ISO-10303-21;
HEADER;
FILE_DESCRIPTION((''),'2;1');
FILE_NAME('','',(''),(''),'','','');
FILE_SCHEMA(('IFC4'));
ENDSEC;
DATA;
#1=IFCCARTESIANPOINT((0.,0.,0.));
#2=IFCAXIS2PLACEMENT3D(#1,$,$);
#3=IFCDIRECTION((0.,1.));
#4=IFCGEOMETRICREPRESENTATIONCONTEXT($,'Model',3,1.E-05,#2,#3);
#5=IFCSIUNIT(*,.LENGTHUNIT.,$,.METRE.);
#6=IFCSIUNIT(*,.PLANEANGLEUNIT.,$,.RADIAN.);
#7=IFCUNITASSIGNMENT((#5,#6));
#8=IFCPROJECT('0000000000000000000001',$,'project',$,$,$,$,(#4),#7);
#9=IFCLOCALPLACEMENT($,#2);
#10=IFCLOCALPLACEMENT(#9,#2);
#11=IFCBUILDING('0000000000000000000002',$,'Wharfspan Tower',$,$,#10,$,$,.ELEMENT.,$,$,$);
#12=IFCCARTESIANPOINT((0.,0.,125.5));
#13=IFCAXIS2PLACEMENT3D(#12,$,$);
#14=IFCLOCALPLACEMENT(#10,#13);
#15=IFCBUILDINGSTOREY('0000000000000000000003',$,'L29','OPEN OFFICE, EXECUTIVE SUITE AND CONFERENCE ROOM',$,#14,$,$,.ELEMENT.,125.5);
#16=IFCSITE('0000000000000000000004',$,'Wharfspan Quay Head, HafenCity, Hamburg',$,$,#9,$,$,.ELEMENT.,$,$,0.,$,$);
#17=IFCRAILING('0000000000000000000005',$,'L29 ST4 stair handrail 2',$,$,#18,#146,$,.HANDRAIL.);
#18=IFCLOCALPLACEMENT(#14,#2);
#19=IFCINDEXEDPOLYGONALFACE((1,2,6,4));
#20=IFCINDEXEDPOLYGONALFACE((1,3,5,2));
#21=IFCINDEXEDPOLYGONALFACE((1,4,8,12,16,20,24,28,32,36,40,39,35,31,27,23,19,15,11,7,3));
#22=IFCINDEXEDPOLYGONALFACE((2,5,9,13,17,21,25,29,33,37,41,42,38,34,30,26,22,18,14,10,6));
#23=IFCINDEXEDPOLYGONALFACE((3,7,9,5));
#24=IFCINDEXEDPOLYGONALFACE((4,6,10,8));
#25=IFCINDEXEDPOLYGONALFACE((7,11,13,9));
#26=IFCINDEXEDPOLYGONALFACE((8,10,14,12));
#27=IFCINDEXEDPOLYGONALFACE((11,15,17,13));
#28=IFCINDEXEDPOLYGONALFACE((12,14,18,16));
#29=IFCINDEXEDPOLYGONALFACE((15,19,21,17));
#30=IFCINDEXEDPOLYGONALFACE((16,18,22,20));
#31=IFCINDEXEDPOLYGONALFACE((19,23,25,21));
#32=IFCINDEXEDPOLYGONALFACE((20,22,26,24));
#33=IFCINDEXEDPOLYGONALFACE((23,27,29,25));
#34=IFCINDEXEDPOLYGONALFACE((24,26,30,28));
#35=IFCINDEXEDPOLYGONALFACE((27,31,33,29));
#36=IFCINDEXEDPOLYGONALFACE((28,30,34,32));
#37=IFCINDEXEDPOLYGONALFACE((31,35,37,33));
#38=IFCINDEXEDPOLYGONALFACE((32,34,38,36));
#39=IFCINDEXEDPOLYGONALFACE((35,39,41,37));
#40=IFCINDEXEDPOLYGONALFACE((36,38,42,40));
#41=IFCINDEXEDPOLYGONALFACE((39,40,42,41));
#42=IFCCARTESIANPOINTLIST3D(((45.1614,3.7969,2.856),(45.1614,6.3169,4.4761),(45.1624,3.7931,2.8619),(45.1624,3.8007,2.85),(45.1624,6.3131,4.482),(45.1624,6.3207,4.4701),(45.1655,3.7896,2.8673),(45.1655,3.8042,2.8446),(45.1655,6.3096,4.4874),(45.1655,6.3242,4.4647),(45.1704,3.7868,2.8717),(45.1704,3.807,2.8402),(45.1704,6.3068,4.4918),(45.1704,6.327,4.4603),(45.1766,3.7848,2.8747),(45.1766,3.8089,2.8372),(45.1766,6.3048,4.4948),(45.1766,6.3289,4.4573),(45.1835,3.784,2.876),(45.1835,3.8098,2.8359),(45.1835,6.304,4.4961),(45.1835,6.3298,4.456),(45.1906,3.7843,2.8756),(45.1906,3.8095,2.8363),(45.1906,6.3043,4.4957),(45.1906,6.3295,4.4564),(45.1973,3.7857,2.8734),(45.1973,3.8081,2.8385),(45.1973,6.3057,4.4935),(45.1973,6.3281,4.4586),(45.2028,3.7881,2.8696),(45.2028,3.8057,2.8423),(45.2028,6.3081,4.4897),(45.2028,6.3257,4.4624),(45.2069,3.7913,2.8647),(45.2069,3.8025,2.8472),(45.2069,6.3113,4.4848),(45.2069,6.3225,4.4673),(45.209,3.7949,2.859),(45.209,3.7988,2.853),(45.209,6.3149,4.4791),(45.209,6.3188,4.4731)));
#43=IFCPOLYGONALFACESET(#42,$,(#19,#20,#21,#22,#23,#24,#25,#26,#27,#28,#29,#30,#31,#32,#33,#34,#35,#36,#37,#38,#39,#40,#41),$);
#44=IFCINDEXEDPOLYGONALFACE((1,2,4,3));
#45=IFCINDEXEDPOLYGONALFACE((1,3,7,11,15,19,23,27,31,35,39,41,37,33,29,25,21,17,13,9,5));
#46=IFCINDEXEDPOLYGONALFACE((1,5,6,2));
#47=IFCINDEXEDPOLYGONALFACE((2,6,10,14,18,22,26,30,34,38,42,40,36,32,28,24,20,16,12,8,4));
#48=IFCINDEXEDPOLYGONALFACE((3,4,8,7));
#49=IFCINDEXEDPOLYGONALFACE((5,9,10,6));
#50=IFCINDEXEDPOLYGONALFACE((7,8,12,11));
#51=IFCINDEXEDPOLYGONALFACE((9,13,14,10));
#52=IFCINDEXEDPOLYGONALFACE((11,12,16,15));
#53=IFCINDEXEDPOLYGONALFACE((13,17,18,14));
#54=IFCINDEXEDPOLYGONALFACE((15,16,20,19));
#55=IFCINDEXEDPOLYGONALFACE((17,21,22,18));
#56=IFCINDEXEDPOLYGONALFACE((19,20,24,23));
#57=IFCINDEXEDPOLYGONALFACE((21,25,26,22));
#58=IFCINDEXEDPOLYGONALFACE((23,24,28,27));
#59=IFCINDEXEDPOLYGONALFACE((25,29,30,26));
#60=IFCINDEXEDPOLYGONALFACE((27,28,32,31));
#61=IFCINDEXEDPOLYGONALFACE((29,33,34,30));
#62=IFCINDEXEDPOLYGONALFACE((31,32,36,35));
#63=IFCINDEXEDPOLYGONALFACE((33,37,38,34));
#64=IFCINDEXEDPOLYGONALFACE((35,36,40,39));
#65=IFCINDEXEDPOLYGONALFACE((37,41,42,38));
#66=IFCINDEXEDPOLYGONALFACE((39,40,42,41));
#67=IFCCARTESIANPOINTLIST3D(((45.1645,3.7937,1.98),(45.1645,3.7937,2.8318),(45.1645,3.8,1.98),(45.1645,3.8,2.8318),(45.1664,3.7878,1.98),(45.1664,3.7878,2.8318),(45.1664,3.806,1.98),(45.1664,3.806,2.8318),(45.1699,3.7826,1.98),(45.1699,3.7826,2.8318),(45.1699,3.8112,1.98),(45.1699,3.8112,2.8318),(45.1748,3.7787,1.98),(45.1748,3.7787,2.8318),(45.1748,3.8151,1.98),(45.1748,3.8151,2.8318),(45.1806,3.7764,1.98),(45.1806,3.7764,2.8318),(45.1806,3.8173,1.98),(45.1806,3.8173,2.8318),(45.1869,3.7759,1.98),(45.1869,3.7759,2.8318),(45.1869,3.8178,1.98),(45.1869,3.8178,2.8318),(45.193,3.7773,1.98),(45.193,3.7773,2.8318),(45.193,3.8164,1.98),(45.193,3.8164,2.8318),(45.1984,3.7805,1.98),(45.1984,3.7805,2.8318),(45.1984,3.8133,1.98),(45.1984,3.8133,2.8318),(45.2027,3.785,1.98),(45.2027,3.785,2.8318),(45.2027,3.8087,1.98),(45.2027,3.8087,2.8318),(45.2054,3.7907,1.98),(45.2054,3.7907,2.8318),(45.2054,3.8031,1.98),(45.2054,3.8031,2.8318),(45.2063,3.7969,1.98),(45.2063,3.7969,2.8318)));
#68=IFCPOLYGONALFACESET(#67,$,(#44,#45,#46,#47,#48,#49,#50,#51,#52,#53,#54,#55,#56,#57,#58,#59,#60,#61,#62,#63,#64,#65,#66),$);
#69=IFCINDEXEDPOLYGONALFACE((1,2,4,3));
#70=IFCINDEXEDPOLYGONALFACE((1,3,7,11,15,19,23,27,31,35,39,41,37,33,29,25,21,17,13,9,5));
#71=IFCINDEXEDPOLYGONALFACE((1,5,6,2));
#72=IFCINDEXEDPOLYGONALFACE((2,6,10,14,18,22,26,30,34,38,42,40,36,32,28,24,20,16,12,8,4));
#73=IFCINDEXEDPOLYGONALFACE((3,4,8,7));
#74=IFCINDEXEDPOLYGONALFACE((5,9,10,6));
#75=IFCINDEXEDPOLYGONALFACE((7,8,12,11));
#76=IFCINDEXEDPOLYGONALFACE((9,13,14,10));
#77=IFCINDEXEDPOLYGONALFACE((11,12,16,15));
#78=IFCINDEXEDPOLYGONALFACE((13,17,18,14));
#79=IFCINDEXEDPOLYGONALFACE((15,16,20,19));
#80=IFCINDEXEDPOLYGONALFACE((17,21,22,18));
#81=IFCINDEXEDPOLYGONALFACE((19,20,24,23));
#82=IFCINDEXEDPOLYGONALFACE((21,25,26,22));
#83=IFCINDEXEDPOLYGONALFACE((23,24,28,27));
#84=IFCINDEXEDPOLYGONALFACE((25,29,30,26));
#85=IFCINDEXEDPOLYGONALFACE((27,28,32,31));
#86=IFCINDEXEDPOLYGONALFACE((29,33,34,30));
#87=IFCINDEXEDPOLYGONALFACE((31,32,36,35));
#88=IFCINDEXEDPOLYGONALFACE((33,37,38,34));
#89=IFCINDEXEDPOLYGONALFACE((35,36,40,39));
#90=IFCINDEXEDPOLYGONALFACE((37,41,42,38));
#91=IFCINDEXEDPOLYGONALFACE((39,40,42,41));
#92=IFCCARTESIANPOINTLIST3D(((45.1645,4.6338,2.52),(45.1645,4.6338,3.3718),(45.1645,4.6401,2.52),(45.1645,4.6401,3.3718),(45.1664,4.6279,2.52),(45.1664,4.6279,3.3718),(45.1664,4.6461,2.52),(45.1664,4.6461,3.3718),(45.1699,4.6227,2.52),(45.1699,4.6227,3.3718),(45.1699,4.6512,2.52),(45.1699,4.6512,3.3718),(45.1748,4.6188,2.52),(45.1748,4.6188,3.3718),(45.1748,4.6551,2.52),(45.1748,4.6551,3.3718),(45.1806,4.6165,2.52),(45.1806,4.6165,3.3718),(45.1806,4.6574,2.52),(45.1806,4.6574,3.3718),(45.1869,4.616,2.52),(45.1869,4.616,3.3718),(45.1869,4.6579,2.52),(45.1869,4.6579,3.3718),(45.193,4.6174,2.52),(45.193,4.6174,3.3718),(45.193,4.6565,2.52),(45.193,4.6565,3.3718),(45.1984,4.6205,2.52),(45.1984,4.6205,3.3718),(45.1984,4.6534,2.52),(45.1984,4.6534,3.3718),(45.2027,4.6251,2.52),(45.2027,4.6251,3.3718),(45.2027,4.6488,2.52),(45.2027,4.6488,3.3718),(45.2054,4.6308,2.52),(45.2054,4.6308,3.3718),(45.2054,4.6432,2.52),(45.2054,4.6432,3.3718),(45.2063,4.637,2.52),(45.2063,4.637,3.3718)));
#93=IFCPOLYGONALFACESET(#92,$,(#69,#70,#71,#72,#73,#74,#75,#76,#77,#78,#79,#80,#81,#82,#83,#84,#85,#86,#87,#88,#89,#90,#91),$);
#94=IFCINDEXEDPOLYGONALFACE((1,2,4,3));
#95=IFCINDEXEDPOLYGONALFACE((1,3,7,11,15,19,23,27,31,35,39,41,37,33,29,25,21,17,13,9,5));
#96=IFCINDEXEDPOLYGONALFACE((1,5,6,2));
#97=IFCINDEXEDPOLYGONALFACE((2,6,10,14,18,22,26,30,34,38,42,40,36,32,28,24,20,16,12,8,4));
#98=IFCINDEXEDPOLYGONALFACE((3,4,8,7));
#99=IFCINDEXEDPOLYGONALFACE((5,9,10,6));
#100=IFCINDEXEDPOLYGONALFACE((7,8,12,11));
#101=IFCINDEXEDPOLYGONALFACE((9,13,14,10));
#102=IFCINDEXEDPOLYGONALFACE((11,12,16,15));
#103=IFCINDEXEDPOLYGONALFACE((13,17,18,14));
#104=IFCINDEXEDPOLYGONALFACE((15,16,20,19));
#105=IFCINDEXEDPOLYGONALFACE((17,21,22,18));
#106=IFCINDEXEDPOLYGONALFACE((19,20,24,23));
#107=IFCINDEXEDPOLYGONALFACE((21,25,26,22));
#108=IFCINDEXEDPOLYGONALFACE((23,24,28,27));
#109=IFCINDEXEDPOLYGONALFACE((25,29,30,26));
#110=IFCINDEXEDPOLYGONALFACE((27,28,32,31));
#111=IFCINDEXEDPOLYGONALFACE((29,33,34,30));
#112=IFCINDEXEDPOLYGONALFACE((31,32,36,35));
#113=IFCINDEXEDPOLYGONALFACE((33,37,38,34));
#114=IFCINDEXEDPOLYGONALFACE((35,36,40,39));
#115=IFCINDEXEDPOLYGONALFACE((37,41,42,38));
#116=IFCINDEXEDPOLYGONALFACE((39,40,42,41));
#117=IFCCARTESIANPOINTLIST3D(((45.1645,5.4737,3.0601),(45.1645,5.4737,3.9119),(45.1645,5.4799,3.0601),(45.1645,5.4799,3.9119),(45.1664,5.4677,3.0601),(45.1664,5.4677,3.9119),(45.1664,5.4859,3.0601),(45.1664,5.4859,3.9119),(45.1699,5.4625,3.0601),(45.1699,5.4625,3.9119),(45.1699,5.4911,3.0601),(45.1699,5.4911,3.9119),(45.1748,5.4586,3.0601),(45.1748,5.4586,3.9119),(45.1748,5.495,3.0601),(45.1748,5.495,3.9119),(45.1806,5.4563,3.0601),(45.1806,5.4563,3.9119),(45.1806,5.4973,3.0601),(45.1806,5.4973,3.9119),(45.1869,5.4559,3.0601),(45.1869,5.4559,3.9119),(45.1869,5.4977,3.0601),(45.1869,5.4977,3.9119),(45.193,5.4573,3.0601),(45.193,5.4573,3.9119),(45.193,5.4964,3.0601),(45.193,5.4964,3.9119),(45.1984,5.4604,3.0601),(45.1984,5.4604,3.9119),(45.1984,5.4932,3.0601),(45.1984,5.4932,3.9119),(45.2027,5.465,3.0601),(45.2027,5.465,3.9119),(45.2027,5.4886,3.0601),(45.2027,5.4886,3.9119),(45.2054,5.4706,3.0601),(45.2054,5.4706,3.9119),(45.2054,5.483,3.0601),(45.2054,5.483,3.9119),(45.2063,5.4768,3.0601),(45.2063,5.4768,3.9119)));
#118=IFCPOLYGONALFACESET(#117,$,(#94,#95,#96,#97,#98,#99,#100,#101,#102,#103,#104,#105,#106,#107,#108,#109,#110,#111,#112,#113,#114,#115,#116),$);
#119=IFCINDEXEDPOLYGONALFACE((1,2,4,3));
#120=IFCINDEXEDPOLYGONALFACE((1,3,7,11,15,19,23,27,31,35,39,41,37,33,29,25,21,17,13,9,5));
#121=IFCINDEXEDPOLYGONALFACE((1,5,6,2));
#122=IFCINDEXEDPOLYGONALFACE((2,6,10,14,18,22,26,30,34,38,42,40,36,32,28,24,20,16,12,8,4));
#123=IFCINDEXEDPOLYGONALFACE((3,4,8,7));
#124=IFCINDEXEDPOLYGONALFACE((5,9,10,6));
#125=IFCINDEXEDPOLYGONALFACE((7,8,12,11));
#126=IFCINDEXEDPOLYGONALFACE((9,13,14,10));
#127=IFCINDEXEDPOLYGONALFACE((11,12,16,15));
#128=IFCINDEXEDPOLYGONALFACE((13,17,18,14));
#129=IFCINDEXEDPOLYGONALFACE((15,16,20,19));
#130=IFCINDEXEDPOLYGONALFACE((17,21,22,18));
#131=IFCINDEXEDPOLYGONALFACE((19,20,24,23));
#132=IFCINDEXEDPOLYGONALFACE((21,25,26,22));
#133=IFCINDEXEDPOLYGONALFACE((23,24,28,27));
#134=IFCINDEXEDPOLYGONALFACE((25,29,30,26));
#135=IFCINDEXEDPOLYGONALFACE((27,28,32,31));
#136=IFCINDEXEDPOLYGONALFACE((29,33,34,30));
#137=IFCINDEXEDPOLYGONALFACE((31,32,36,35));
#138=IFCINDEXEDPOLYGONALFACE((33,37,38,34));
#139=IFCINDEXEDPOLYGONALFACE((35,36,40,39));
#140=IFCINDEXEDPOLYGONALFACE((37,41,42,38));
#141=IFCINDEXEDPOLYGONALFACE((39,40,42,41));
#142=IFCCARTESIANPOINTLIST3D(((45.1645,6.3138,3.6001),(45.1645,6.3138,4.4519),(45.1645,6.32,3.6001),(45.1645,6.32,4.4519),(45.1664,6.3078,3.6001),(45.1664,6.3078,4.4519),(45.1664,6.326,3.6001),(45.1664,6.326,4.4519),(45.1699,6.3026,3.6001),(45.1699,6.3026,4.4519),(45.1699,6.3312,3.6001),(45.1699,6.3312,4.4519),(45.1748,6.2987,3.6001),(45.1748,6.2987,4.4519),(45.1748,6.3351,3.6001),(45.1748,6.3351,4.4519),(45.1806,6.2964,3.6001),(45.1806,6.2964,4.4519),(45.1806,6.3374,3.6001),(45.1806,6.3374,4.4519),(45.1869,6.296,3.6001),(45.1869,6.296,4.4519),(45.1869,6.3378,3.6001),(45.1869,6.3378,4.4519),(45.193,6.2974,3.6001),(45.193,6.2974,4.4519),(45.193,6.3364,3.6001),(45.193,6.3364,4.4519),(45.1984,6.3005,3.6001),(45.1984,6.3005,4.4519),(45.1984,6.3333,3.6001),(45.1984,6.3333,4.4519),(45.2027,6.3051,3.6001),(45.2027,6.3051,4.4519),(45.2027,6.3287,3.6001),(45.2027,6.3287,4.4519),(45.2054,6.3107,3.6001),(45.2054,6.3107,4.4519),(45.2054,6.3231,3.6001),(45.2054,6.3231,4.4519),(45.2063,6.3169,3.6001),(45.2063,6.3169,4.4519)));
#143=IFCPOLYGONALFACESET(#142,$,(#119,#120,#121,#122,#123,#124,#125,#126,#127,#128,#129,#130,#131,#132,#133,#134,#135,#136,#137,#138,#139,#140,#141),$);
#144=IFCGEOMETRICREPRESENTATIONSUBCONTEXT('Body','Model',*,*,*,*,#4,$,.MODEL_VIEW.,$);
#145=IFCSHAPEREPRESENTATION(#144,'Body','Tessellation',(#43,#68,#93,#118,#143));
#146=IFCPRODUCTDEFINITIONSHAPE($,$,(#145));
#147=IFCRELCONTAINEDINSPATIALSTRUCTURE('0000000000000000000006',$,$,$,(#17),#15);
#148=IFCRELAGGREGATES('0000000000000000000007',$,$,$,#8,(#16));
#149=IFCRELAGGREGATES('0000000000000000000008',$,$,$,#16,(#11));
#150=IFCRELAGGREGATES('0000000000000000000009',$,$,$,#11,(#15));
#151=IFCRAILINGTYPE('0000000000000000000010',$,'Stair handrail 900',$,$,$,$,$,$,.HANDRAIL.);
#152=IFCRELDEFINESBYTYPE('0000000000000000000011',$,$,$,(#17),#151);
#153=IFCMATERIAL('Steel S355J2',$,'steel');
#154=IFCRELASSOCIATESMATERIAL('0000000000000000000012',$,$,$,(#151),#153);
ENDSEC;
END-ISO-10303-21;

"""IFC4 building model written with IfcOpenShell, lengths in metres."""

from ifc_helpers import new_model, si_unit, direction, frame, origin, origin_2d, place, context, subcontext, project, spatial, circle, extrude, material, type_object, element, save


model = new_model("IFC4")

# Units and contexts
model_context = context("Model", 3, precision=1e-05, world=origin(), true_north=direction((0.0, 1.0)))
body_context = subcontext(model_context, "Body", "Model", "MODEL_VIEW")
ifc_project = project(units=[si_unit("LENGTHUNIT", "METRE"), si_unit("PLANEANGLEUNIT", "RADIAN")], contexts=[model_context])

# Site, building, storey
site_placement = place(None, origin())
site = spatial("IfcSite", under=ifc_project, at=site_placement, Name="Wharfspan Quay Head, HafenCity, Hamburg", CompositionType="ELEMENT", RefElevation=0.0)
building_placement = place(site_placement, origin())
building = spatial("IfcBuilding", under=site, at=building_placement, Name="Wharfspan Tower", CompositionType="ELEMENT")
storey_placement = place(building_placement, frame((0.0, 0.0, 125.5)))
storey = spatial("IfcBuildingStorey", under=building, at=storey_placement, Name="L29", Description="OPEN OFFICE, EXECUTIVE SUITE AND CONFERENCE ROOM", CompositionType="ELEMENT", Elevation=125.5)

# Shared definitions
ifc_material_1 = material(Name="Steel S355J2", Category="steel")

# Railing
railing_type_1 = type_object("IfcRailingType", Name="Stair handrail 900", PredefinedType="HANDRAIL", material=ifc_material_1)
railing_1_placement = place(storey_placement, frame((45.1853, 3.7969, 1.98)))
element("IfcRailing", 1, at=railing_1_placement, inside=storey, type_object=railing_type_1, Name="L29 ST4 stair handrail 2", PredefinedType="HANDRAIL", context=body_context, shape_type="SweptSolid", body=[
    extrude(circle(Radius=0.0239, at=origin_2d()), frame((0.0, 0.0, 0.876), z_axis=(0.0, 0.841163, 0.540782), x_axis=(-1.0, 0.0, 0.0)), (0.0, 0.0, 1.0), 2.9958),
    extrude(circle(Radius=0.021, at=origin_2d()), origin(), (0.0, 0.0, 1.0), 0.8518),
    extrude(circle(Radius=0.021, at=origin_2d()), frame((0.0, 0.8401, 0.54)), (0.0, 0.0, 1.0), 0.8518),
    extrude(circle(Radius=0.021, at=origin_2d()), frame((0.0, 1.6799, 1.0801)), (0.0, 0.0, 1.0), 0.8518),
    extrude(circle(Radius=0.021, at=origin_2d()), frame((0.0, 2.52, 1.6201)), (0.0, 0.0, 1.0), 0.8518),
])

save(model, "model.ifc")
